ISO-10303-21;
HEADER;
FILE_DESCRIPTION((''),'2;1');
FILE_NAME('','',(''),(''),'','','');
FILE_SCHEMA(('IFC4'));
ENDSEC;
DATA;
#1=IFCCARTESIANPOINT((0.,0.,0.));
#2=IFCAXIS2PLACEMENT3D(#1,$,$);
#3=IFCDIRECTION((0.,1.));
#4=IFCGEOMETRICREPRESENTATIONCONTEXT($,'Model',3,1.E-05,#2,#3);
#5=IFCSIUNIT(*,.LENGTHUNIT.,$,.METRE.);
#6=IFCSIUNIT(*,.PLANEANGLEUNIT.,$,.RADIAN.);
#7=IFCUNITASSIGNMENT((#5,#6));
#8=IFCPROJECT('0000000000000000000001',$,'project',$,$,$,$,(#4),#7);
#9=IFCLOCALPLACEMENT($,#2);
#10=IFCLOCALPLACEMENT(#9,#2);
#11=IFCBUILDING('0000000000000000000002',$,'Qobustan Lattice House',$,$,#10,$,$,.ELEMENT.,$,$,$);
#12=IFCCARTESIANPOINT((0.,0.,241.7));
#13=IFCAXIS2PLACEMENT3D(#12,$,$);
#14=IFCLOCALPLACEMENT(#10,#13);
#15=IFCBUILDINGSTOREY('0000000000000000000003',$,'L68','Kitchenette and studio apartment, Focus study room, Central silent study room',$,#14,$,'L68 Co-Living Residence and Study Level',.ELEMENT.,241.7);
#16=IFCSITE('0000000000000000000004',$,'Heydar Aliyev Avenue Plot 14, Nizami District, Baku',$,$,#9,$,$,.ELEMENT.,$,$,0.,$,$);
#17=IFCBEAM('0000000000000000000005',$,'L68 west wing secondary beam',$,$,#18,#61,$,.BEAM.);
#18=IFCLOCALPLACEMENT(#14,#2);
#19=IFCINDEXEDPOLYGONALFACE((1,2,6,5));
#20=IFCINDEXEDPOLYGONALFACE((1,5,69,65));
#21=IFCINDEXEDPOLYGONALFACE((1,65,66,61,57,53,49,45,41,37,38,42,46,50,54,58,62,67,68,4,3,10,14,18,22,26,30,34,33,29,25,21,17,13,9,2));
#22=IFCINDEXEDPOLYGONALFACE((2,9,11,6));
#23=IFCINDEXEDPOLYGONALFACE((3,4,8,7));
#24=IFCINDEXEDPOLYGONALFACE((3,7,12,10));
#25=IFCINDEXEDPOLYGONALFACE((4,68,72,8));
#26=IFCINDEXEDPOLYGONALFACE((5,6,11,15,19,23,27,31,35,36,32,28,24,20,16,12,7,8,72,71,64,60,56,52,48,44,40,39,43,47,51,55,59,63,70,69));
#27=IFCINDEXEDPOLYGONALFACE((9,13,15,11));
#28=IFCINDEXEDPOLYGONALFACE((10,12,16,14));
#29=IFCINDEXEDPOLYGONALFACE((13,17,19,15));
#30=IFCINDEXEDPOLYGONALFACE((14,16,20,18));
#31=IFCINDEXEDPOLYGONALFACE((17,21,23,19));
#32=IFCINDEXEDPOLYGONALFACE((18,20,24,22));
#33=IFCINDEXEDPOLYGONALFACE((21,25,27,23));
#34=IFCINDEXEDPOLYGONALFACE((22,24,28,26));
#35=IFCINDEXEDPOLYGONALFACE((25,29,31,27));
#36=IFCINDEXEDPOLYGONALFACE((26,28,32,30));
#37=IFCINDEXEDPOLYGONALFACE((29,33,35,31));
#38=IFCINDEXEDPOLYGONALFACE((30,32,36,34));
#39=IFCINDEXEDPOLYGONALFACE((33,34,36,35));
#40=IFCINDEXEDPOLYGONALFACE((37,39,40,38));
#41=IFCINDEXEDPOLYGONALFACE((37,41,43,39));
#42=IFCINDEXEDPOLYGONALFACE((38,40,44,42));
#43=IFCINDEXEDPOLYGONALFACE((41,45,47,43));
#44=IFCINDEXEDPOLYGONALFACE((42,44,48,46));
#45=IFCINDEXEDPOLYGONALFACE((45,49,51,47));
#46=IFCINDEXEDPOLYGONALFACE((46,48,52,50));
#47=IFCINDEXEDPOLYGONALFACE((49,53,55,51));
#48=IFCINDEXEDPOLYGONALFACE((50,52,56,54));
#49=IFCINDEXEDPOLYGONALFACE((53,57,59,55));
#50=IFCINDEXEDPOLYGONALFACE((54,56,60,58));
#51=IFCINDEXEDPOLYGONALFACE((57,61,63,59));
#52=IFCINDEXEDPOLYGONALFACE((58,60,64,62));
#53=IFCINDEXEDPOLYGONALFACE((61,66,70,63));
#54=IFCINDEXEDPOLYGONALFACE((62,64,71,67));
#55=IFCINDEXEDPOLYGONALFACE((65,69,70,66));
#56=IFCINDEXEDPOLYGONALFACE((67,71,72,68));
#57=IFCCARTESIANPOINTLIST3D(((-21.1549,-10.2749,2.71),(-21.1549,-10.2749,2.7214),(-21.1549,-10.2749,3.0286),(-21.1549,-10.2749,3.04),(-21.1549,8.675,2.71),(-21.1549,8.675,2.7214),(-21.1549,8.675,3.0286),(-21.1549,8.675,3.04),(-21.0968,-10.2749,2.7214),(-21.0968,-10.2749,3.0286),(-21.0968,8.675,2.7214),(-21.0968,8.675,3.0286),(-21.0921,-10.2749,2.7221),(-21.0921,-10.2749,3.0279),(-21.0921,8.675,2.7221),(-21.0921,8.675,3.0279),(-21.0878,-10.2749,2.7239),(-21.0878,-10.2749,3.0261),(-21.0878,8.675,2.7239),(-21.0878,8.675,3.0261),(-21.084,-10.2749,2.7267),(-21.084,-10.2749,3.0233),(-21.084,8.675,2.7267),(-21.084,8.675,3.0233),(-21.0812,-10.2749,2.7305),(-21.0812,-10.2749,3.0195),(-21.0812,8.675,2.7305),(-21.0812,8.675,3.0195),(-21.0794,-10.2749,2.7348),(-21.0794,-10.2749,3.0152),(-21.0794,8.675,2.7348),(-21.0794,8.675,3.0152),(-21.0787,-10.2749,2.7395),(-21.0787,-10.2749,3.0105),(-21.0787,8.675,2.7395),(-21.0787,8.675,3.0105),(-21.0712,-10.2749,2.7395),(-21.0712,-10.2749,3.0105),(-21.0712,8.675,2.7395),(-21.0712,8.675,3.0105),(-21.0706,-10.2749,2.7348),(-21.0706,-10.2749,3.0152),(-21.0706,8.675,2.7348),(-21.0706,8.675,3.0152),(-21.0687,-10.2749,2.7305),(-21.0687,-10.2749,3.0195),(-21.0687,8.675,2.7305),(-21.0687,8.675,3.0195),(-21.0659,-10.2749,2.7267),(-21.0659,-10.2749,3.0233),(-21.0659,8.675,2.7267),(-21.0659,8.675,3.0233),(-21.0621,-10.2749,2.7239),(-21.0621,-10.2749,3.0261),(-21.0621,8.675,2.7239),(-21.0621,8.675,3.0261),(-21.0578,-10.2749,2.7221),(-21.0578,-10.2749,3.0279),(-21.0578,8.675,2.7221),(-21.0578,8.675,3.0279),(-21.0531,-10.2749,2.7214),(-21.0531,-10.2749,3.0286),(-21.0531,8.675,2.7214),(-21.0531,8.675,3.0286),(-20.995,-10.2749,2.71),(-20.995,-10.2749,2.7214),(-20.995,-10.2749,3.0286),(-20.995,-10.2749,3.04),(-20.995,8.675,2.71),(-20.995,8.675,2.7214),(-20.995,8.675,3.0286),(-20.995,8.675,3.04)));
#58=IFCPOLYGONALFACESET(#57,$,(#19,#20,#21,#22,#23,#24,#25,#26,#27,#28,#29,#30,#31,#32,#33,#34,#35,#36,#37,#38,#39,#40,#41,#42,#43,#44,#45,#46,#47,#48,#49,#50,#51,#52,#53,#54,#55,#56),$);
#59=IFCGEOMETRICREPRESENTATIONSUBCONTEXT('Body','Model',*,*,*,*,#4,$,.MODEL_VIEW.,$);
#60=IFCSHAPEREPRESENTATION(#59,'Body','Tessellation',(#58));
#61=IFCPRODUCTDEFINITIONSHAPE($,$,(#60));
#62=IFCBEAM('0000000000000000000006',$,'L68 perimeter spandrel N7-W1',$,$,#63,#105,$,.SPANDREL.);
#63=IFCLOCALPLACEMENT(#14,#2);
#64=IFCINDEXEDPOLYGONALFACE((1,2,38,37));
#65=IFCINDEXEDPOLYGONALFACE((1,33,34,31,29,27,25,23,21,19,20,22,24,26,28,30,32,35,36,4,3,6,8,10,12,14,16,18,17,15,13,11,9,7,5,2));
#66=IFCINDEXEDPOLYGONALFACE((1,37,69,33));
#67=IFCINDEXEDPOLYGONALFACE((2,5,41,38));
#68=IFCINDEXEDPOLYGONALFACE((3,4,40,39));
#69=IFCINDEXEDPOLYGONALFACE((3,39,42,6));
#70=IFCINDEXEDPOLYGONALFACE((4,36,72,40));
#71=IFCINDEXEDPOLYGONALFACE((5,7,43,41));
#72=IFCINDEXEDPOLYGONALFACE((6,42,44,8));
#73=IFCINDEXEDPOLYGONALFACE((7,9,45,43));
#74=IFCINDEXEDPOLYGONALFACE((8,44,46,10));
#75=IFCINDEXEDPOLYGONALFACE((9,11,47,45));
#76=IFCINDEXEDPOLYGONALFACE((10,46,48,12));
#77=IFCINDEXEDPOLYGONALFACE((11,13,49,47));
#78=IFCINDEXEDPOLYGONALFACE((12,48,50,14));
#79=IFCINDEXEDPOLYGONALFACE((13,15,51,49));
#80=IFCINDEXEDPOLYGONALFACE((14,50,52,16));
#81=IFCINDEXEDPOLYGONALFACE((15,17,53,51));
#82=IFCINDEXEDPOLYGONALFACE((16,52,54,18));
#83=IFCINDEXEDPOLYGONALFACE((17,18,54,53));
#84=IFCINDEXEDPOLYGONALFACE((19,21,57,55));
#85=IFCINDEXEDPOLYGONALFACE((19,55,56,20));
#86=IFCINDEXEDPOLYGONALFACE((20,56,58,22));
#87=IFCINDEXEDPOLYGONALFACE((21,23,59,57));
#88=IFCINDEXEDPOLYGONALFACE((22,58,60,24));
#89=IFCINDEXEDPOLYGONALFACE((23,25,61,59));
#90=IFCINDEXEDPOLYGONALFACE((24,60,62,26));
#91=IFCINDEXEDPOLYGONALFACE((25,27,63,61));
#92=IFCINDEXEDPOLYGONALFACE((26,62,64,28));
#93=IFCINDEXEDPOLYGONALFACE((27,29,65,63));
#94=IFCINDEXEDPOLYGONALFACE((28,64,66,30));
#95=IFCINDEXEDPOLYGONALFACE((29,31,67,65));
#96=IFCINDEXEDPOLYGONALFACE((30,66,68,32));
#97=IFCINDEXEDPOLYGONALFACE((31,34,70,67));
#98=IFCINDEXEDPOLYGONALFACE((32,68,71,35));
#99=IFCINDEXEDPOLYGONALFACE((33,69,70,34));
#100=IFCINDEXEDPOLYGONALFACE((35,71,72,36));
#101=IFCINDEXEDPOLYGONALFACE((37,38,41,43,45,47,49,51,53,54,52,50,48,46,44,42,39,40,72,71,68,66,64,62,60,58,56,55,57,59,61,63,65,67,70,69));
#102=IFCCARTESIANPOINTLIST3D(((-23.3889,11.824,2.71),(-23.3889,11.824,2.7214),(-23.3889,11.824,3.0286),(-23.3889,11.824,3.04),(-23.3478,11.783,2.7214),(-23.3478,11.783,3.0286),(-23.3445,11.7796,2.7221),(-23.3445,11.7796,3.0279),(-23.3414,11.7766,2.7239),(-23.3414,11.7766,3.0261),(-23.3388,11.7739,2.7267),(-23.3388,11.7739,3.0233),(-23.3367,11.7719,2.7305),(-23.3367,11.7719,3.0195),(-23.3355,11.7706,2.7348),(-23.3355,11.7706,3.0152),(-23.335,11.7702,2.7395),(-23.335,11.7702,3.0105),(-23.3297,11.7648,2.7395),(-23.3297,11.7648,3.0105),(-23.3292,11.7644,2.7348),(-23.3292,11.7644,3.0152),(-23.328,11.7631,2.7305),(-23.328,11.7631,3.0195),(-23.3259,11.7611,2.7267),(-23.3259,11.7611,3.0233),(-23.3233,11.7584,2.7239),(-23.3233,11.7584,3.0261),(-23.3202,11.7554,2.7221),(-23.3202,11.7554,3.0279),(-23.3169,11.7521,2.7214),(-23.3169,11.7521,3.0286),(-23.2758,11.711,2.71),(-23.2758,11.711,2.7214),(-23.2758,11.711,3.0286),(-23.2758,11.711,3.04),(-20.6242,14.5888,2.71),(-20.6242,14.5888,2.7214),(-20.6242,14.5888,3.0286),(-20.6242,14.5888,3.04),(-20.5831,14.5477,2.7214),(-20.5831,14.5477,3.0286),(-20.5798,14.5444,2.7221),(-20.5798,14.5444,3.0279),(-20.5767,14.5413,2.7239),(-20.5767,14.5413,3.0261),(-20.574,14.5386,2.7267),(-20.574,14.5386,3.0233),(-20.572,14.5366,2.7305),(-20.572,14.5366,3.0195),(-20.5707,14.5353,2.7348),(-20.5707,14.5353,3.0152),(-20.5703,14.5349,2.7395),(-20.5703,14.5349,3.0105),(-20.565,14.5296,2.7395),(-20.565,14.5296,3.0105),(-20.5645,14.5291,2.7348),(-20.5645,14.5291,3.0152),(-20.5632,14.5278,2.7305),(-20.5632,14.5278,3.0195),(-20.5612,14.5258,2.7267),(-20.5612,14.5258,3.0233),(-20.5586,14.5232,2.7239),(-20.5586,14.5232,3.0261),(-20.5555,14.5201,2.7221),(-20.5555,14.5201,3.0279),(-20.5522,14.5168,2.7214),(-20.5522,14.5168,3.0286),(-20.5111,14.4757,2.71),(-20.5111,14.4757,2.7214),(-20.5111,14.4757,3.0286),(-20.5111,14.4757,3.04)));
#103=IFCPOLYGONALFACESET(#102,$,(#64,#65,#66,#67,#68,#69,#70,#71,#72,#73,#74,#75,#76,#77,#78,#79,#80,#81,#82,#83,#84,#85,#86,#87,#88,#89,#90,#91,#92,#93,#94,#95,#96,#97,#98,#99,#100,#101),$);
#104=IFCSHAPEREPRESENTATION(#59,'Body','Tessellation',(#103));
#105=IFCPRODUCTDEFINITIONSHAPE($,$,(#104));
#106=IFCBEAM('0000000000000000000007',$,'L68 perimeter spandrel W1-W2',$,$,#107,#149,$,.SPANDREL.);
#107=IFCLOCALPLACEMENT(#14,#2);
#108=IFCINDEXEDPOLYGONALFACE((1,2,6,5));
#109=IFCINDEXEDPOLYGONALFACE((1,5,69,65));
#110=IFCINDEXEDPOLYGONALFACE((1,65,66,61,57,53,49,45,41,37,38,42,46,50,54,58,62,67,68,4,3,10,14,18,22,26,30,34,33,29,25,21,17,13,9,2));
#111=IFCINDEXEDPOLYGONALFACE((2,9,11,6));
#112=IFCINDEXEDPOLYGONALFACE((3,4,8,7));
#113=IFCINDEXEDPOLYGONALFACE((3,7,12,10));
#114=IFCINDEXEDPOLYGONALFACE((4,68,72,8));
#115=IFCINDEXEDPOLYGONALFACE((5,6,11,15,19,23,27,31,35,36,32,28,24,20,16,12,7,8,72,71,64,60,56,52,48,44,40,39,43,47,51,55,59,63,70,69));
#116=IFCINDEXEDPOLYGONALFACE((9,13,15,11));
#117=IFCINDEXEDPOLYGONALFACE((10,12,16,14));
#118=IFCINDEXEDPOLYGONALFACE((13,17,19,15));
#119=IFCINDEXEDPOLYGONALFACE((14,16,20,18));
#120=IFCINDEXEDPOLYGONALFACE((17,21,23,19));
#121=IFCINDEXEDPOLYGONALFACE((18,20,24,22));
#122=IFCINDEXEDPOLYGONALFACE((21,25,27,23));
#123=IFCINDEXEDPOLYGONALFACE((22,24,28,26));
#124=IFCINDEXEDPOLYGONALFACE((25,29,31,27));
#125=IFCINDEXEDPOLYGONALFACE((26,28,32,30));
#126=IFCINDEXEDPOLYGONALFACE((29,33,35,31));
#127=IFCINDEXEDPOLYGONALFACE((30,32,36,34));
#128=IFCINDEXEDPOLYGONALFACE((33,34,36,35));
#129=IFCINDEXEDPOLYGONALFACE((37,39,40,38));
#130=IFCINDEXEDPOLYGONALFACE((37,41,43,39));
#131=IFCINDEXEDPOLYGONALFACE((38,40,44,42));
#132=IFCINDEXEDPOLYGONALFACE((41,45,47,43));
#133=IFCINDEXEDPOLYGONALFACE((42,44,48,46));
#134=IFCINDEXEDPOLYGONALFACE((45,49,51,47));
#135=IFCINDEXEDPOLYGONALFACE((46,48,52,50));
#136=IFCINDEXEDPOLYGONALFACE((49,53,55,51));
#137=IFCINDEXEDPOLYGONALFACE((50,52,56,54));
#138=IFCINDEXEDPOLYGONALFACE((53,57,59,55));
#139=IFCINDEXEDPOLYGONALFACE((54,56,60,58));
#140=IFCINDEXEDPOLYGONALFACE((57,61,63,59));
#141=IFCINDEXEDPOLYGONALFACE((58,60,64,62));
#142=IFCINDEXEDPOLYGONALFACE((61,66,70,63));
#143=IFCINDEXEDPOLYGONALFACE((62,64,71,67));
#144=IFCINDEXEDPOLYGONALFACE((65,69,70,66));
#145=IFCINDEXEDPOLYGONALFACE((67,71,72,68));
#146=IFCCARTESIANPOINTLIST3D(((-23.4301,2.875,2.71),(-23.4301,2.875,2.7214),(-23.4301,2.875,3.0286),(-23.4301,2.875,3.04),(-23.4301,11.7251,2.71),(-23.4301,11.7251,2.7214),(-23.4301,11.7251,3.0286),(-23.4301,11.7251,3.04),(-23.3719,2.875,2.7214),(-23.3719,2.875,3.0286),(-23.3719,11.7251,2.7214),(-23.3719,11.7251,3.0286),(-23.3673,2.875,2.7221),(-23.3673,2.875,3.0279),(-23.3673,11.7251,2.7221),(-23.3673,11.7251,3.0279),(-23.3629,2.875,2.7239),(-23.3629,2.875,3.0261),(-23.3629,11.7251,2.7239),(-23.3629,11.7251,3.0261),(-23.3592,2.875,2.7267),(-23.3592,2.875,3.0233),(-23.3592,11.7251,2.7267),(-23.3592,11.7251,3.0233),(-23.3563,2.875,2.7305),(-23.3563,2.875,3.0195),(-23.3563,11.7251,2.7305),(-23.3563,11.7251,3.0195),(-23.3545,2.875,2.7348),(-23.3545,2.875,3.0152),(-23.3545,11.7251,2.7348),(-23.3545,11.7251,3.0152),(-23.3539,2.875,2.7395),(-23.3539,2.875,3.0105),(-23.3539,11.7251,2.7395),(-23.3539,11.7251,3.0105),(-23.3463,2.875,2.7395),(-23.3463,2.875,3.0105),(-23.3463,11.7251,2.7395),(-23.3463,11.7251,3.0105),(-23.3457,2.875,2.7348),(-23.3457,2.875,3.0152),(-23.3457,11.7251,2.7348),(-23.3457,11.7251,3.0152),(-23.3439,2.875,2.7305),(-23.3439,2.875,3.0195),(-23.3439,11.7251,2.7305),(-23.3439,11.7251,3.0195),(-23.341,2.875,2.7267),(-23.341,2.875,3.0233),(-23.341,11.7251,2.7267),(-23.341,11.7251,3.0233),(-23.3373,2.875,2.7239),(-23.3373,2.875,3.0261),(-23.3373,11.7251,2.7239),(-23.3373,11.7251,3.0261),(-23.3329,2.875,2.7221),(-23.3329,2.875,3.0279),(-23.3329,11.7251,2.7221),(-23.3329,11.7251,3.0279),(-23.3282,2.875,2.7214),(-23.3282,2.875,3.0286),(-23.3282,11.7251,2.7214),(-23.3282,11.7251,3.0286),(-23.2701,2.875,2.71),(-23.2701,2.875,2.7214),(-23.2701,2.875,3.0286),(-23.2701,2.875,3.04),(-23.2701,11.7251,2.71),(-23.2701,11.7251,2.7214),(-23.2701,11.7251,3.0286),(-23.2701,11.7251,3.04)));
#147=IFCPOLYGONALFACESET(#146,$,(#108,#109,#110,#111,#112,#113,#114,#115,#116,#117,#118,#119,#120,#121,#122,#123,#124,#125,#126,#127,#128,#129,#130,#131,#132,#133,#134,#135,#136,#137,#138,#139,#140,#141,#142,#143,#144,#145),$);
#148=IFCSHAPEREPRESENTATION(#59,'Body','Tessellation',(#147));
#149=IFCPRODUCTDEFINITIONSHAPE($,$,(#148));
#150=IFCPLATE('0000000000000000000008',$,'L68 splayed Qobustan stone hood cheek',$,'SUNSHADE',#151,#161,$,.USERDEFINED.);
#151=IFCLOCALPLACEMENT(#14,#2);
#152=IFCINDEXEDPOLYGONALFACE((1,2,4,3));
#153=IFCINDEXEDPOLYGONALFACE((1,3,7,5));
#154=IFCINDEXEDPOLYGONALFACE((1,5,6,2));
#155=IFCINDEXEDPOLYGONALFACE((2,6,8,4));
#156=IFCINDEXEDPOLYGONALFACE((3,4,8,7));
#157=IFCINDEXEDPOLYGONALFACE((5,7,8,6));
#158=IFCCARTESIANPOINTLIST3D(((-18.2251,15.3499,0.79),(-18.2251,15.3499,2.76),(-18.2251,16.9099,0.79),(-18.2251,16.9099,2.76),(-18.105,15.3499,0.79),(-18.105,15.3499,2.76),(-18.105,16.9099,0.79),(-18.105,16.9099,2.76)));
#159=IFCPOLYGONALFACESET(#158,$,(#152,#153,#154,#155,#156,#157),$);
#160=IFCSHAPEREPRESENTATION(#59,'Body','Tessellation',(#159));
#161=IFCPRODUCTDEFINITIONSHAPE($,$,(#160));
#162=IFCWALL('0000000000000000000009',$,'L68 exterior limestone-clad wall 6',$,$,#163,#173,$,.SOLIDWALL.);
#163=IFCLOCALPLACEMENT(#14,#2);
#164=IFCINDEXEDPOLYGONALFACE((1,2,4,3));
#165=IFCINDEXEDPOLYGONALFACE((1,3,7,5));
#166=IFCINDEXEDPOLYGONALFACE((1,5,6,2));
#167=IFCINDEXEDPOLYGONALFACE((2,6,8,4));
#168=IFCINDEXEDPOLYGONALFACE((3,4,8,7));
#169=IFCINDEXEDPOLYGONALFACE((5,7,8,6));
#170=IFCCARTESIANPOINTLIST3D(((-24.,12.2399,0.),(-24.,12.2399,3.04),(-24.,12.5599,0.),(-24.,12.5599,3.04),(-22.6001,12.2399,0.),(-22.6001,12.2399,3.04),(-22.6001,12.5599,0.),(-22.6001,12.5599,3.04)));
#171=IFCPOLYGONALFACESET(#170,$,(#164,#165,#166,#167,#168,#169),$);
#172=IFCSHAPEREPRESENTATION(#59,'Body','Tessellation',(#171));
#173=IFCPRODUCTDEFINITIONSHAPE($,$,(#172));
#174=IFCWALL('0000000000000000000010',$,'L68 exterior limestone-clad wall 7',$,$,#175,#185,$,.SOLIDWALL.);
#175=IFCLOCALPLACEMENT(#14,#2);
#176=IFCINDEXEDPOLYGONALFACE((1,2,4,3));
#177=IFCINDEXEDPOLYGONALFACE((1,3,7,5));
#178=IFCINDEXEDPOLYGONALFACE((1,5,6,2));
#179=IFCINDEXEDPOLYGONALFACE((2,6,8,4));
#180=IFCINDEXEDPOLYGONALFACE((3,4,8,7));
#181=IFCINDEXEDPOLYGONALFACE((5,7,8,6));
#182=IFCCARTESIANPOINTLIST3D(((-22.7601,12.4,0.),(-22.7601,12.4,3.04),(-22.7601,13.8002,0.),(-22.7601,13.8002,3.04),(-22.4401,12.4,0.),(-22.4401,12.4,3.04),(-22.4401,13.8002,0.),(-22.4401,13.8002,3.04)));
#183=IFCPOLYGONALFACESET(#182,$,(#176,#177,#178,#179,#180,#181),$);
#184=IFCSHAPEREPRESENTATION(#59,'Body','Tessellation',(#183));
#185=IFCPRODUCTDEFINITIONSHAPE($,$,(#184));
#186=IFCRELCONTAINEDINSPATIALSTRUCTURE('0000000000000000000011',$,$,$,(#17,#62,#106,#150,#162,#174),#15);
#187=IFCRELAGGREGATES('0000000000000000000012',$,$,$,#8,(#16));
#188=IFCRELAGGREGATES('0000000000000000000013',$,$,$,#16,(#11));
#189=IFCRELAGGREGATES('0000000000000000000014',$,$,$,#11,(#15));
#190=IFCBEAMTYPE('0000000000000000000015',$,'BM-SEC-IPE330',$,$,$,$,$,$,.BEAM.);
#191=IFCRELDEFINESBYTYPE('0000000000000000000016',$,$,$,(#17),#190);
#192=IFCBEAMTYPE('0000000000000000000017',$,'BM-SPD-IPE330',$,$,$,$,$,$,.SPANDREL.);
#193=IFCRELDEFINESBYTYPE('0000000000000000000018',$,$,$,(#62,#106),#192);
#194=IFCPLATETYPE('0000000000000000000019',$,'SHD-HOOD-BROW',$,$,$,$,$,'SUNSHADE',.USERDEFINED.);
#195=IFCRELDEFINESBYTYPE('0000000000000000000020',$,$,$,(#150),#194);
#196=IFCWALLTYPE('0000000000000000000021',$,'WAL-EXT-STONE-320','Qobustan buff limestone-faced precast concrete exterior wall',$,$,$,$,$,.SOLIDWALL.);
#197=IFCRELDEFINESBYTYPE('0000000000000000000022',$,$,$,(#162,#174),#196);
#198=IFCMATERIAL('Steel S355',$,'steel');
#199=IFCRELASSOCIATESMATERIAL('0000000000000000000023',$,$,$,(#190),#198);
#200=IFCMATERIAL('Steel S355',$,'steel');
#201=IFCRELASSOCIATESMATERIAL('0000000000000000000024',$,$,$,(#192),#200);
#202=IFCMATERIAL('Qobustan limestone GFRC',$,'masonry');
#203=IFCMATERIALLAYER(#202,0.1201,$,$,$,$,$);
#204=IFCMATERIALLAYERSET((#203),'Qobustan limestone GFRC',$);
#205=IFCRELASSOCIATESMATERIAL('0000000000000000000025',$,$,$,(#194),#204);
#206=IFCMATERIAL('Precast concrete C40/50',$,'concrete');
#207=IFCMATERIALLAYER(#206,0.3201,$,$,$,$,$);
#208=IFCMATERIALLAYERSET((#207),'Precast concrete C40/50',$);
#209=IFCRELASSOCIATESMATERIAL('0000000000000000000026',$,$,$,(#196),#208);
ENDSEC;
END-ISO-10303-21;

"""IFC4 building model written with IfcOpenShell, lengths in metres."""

from ifc_helpers import new_model, si_unit, direction, frame, frame_2d, origin, origin_2d, place, context, subcontext, project, spatial, rectangle, i_section, extrude, material, layer, layer_set, material_profile, profile_set, type_object, element, save


model = new_model("IFC4")

# Units and contexts
model_context = context("Model", 3, precision=1e-05, world=origin(), true_north=direction((0.0, 1.0)))
body_context = subcontext(model_context, "Body", "Model", "MODEL_VIEW")
ifc_project = project(units=[si_unit("LENGTHUNIT", "METRE"), si_unit("PLANEANGLEUNIT", "RADIAN")], contexts=[model_context])

# Site, building, storey
site_placement = place(None, origin())
site = spatial("IfcSite", under=ifc_project, at=site_placement, Name="Heydar Aliyev Avenue Plot 14, Nizami District, Baku", CompositionType="ELEMENT", RefElevation=0.0)
building_placement = place(site_placement, origin())
building = spatial("IfcBuilding", under=site, at=building_placement, Name="Qobustan Lattice House", CompositionType="ELEMENT")
storey_placement = place(building_placement, frame((0.0, 0.0, 241.7)))
storey = spatial("IfcBuildingStorey", under=building, at=storey_placement, Name="L68", Description="Kitchenette and studio apartment, Focus study room, Central silent study room", LongName="L68 Co-Living Residence and Study Level", CompositionType="ELEMENT", Elevation=241.7)

# Beams
ifc_material_1 = material(Name="Steel S355", Category="steel")
ifc_material_profile_1 = material_profile(ifc_material_1, i_section(OverallWidth=0.1599, OverallDepth=0.3301, WebThickness=0.0076, FlangeThickness=0.0115, FilletRadius=0.0181, at=origin_2d()), Name="IPE330")
ifc_profile_set_1 = profile_set([ifc_material_profile_1], Name="Steel S355")
beam_type_1 = type_object("IfcBeamType", Name="BM-SEC-IPE330", PredefinedType="BEAM", material=ifc_profile_set_1)
beam_1_placement = place(storey_placement, frame((-21.075, 8.675, 2.875), z_axis=(0.0, -1.0, 0.0), x_axis=(1.0, 0.0, 0.0)))
element("IfcBeam", 1, at=beam_1_placement, inside=storey, type_object=beam_type_1, Name="L68 west wing secondary beam", PredefinedType="BEAM", context=body_context, shape_type="SweptSolid", body=[
    extrude(i_section(OverallWidth=0.1599, OverallDepth=0.3301, WebThickness=0.0076, FlangeThickness=0.0115, FilletRadius=0.0181, at=origin_2d()), origin(), (0.0, 0.0, 1.0), 18.95),
])
ifc_material_2 = material(Name="Steel S355", Category="steel")
ifc_material_profile_2 = material_profile(ifc_material_2, i_section(OverallWidth=0.1599, OverallDepth=0.3301, WebThickness=0.0076, FlangeThickness=0.0115, FilletRadius=0.0181, at=origin_2d()), Name="IPE330")
ifc_profile_set_2 = profile_set([ifc_material_profile_2], Name="Steel S355")
beam_type_2 = type_object("IfcBeamType", Name="BM-SPD-IPE330", PredefinedType="SPANDREL", material=ifc_profile_set_2)
beam_2_placement = place(storey_placement, frame((-20.5676, 14.5322, 2.875), z_axis=(-0.707107, -0.707107, 0.0), x_axis=(0.707107, -0.707107, 0.0)))
element("IfcBeam", 2, at=beam_2_placement, inside=storey, type_object=beam_type_2, Name="L68 perimeter spandrel N7-W1", PredefinedType="SPANDREL", context=body_context, shape_type="SweptSolid", body=[
    extrude(i_section(OverallWidth=0.1599, OverallDepth=0.3301, WebThickness=0.0076, FlangeThickness=0.0115, FilletRadius=0.0181, at=origin_2d()), origin(), (0.0, 0.0, 1.0), 3.9099),
])
beam_3_placement = place(storey_placement, frame((-23.3501, 11.7251, 2.875), z_axis=(0.0, -1.0, 0.0), x_axis=(1.0, 0.0, 0.0)))
element("IfcBeam", 3, at=beam_3_placement, inside=storey, type_object=beam_type_2, Name="L68 perimeter spandrel W1-W2", PredefinedType="SPANDREL", context=body_context, shape_type="SweptSolid", body=[
    extrude(i_section(OverallWidth=0.1599, OverallDepth=0.3301, WebThickness=0.0076, FlangeThickness=0.0115, FilletRadius=0.0181, at=origin_2d()), origin(), (0.0, 0.0, 1.0), 8.8501),
])

# Plate
ifc_material_3 = material(Name="Qobustan limestone GFRC", Category="masonry")
ifc_layer_1 = layer(ifc_material_3, 0.1201)
ifc_layer_set_1 = layer_set([ifc_layer_1], Name="Qobustan limestone GFRC")
plate_type = type_object("IfcPlateType", Name="SHD-HOOD-BROW", ElementType="SUNSHADE", PredefinedType="USERDEFINED", material=ifc_layer_set_1)
plate_placement = place(storey_placement, frame((-18.165, 16.1299, 0.79), z_axis=(0.0, 0.0, 1.0), x_axis=(1.0, 0.0, 0.0)))
element("IfcPlate", 4, at=plate_placement, inside=storey, type_object=plate_type, Name="L68 splayed Qobustan stone hood cheek", ObjectType="SUNSHADE", PredefinedType="USERDEFINED", context=body_context, shape_type="SweptSolid", body=[
    extrude(rectangle(XDim=0.1201, YDim=1.5601, at=origin_2d()), origin(), (0.0, 0.0, 1.0), 1.97),
])

# Walls
ifc_material_4 = material(Name="Precast concrete C40/50", Category="concrete")
ifc_layer_2 = layer(ifc_material_4, 0.3201)
ifc_layer_set_2 = layer_set([ifc_layer_2], Name="Precast concrete C40/50")
wall_type_1 = type_object("IfcWallType", Name="WAL-EXT-STONE-320", Description="Qobustan buff limestone-faced precast concrete exterior wall", PredefinedType="SOLIDWALL", material=ifc_layer_set_2)
wall_1_placement = place(storey_placement, frame((-24.0, 12.3999, 0.0), z_axis=(0.0, 0.0, 1.0), x_axis=(1.0, 0.0, 0.0)))
element("IfcWall", 5, at=wall_1_placement, inside=storey, type_object=wall_type_1, Name="L68 exterior limestone-clad wall 6", PredefinedType="SOLIDWALL", context=body_context, shape_type="SweptSolid", body=[
    extrude(rectangle(XDim=1.3999, YDim=0.3201, at=frame_2d((0.7, 0.0))), origin(), (0.0, 0.0, 1.0), 3.04),
])
for number, where, z_axis, x_axis, name in (
    (6, (-22.6001, 12.3999, 0.0), (0.0, 0.0, 1.0), (0.0, 1.0, 0.0), "L68 exterior limestone-clad wall 7"),
):
    element("IfcWall", number, at=place(storey_placement, frame(where, z_axis=z_axis, x_axis=x_axis)), inside=storey, type_object=wall_type_1, Name=name, PredefinedType="SOLIDWALL", context=body_context, shape_type="SweptSolid", body=[
        extrude(rectangle(XDim=1.4001, YDim=0.3201, at=frame_2d((0.7002, 0.0))), origin(), (0.0, 0.0, 1.0), 3.04),
    ])

save(model, "model.ifc")
